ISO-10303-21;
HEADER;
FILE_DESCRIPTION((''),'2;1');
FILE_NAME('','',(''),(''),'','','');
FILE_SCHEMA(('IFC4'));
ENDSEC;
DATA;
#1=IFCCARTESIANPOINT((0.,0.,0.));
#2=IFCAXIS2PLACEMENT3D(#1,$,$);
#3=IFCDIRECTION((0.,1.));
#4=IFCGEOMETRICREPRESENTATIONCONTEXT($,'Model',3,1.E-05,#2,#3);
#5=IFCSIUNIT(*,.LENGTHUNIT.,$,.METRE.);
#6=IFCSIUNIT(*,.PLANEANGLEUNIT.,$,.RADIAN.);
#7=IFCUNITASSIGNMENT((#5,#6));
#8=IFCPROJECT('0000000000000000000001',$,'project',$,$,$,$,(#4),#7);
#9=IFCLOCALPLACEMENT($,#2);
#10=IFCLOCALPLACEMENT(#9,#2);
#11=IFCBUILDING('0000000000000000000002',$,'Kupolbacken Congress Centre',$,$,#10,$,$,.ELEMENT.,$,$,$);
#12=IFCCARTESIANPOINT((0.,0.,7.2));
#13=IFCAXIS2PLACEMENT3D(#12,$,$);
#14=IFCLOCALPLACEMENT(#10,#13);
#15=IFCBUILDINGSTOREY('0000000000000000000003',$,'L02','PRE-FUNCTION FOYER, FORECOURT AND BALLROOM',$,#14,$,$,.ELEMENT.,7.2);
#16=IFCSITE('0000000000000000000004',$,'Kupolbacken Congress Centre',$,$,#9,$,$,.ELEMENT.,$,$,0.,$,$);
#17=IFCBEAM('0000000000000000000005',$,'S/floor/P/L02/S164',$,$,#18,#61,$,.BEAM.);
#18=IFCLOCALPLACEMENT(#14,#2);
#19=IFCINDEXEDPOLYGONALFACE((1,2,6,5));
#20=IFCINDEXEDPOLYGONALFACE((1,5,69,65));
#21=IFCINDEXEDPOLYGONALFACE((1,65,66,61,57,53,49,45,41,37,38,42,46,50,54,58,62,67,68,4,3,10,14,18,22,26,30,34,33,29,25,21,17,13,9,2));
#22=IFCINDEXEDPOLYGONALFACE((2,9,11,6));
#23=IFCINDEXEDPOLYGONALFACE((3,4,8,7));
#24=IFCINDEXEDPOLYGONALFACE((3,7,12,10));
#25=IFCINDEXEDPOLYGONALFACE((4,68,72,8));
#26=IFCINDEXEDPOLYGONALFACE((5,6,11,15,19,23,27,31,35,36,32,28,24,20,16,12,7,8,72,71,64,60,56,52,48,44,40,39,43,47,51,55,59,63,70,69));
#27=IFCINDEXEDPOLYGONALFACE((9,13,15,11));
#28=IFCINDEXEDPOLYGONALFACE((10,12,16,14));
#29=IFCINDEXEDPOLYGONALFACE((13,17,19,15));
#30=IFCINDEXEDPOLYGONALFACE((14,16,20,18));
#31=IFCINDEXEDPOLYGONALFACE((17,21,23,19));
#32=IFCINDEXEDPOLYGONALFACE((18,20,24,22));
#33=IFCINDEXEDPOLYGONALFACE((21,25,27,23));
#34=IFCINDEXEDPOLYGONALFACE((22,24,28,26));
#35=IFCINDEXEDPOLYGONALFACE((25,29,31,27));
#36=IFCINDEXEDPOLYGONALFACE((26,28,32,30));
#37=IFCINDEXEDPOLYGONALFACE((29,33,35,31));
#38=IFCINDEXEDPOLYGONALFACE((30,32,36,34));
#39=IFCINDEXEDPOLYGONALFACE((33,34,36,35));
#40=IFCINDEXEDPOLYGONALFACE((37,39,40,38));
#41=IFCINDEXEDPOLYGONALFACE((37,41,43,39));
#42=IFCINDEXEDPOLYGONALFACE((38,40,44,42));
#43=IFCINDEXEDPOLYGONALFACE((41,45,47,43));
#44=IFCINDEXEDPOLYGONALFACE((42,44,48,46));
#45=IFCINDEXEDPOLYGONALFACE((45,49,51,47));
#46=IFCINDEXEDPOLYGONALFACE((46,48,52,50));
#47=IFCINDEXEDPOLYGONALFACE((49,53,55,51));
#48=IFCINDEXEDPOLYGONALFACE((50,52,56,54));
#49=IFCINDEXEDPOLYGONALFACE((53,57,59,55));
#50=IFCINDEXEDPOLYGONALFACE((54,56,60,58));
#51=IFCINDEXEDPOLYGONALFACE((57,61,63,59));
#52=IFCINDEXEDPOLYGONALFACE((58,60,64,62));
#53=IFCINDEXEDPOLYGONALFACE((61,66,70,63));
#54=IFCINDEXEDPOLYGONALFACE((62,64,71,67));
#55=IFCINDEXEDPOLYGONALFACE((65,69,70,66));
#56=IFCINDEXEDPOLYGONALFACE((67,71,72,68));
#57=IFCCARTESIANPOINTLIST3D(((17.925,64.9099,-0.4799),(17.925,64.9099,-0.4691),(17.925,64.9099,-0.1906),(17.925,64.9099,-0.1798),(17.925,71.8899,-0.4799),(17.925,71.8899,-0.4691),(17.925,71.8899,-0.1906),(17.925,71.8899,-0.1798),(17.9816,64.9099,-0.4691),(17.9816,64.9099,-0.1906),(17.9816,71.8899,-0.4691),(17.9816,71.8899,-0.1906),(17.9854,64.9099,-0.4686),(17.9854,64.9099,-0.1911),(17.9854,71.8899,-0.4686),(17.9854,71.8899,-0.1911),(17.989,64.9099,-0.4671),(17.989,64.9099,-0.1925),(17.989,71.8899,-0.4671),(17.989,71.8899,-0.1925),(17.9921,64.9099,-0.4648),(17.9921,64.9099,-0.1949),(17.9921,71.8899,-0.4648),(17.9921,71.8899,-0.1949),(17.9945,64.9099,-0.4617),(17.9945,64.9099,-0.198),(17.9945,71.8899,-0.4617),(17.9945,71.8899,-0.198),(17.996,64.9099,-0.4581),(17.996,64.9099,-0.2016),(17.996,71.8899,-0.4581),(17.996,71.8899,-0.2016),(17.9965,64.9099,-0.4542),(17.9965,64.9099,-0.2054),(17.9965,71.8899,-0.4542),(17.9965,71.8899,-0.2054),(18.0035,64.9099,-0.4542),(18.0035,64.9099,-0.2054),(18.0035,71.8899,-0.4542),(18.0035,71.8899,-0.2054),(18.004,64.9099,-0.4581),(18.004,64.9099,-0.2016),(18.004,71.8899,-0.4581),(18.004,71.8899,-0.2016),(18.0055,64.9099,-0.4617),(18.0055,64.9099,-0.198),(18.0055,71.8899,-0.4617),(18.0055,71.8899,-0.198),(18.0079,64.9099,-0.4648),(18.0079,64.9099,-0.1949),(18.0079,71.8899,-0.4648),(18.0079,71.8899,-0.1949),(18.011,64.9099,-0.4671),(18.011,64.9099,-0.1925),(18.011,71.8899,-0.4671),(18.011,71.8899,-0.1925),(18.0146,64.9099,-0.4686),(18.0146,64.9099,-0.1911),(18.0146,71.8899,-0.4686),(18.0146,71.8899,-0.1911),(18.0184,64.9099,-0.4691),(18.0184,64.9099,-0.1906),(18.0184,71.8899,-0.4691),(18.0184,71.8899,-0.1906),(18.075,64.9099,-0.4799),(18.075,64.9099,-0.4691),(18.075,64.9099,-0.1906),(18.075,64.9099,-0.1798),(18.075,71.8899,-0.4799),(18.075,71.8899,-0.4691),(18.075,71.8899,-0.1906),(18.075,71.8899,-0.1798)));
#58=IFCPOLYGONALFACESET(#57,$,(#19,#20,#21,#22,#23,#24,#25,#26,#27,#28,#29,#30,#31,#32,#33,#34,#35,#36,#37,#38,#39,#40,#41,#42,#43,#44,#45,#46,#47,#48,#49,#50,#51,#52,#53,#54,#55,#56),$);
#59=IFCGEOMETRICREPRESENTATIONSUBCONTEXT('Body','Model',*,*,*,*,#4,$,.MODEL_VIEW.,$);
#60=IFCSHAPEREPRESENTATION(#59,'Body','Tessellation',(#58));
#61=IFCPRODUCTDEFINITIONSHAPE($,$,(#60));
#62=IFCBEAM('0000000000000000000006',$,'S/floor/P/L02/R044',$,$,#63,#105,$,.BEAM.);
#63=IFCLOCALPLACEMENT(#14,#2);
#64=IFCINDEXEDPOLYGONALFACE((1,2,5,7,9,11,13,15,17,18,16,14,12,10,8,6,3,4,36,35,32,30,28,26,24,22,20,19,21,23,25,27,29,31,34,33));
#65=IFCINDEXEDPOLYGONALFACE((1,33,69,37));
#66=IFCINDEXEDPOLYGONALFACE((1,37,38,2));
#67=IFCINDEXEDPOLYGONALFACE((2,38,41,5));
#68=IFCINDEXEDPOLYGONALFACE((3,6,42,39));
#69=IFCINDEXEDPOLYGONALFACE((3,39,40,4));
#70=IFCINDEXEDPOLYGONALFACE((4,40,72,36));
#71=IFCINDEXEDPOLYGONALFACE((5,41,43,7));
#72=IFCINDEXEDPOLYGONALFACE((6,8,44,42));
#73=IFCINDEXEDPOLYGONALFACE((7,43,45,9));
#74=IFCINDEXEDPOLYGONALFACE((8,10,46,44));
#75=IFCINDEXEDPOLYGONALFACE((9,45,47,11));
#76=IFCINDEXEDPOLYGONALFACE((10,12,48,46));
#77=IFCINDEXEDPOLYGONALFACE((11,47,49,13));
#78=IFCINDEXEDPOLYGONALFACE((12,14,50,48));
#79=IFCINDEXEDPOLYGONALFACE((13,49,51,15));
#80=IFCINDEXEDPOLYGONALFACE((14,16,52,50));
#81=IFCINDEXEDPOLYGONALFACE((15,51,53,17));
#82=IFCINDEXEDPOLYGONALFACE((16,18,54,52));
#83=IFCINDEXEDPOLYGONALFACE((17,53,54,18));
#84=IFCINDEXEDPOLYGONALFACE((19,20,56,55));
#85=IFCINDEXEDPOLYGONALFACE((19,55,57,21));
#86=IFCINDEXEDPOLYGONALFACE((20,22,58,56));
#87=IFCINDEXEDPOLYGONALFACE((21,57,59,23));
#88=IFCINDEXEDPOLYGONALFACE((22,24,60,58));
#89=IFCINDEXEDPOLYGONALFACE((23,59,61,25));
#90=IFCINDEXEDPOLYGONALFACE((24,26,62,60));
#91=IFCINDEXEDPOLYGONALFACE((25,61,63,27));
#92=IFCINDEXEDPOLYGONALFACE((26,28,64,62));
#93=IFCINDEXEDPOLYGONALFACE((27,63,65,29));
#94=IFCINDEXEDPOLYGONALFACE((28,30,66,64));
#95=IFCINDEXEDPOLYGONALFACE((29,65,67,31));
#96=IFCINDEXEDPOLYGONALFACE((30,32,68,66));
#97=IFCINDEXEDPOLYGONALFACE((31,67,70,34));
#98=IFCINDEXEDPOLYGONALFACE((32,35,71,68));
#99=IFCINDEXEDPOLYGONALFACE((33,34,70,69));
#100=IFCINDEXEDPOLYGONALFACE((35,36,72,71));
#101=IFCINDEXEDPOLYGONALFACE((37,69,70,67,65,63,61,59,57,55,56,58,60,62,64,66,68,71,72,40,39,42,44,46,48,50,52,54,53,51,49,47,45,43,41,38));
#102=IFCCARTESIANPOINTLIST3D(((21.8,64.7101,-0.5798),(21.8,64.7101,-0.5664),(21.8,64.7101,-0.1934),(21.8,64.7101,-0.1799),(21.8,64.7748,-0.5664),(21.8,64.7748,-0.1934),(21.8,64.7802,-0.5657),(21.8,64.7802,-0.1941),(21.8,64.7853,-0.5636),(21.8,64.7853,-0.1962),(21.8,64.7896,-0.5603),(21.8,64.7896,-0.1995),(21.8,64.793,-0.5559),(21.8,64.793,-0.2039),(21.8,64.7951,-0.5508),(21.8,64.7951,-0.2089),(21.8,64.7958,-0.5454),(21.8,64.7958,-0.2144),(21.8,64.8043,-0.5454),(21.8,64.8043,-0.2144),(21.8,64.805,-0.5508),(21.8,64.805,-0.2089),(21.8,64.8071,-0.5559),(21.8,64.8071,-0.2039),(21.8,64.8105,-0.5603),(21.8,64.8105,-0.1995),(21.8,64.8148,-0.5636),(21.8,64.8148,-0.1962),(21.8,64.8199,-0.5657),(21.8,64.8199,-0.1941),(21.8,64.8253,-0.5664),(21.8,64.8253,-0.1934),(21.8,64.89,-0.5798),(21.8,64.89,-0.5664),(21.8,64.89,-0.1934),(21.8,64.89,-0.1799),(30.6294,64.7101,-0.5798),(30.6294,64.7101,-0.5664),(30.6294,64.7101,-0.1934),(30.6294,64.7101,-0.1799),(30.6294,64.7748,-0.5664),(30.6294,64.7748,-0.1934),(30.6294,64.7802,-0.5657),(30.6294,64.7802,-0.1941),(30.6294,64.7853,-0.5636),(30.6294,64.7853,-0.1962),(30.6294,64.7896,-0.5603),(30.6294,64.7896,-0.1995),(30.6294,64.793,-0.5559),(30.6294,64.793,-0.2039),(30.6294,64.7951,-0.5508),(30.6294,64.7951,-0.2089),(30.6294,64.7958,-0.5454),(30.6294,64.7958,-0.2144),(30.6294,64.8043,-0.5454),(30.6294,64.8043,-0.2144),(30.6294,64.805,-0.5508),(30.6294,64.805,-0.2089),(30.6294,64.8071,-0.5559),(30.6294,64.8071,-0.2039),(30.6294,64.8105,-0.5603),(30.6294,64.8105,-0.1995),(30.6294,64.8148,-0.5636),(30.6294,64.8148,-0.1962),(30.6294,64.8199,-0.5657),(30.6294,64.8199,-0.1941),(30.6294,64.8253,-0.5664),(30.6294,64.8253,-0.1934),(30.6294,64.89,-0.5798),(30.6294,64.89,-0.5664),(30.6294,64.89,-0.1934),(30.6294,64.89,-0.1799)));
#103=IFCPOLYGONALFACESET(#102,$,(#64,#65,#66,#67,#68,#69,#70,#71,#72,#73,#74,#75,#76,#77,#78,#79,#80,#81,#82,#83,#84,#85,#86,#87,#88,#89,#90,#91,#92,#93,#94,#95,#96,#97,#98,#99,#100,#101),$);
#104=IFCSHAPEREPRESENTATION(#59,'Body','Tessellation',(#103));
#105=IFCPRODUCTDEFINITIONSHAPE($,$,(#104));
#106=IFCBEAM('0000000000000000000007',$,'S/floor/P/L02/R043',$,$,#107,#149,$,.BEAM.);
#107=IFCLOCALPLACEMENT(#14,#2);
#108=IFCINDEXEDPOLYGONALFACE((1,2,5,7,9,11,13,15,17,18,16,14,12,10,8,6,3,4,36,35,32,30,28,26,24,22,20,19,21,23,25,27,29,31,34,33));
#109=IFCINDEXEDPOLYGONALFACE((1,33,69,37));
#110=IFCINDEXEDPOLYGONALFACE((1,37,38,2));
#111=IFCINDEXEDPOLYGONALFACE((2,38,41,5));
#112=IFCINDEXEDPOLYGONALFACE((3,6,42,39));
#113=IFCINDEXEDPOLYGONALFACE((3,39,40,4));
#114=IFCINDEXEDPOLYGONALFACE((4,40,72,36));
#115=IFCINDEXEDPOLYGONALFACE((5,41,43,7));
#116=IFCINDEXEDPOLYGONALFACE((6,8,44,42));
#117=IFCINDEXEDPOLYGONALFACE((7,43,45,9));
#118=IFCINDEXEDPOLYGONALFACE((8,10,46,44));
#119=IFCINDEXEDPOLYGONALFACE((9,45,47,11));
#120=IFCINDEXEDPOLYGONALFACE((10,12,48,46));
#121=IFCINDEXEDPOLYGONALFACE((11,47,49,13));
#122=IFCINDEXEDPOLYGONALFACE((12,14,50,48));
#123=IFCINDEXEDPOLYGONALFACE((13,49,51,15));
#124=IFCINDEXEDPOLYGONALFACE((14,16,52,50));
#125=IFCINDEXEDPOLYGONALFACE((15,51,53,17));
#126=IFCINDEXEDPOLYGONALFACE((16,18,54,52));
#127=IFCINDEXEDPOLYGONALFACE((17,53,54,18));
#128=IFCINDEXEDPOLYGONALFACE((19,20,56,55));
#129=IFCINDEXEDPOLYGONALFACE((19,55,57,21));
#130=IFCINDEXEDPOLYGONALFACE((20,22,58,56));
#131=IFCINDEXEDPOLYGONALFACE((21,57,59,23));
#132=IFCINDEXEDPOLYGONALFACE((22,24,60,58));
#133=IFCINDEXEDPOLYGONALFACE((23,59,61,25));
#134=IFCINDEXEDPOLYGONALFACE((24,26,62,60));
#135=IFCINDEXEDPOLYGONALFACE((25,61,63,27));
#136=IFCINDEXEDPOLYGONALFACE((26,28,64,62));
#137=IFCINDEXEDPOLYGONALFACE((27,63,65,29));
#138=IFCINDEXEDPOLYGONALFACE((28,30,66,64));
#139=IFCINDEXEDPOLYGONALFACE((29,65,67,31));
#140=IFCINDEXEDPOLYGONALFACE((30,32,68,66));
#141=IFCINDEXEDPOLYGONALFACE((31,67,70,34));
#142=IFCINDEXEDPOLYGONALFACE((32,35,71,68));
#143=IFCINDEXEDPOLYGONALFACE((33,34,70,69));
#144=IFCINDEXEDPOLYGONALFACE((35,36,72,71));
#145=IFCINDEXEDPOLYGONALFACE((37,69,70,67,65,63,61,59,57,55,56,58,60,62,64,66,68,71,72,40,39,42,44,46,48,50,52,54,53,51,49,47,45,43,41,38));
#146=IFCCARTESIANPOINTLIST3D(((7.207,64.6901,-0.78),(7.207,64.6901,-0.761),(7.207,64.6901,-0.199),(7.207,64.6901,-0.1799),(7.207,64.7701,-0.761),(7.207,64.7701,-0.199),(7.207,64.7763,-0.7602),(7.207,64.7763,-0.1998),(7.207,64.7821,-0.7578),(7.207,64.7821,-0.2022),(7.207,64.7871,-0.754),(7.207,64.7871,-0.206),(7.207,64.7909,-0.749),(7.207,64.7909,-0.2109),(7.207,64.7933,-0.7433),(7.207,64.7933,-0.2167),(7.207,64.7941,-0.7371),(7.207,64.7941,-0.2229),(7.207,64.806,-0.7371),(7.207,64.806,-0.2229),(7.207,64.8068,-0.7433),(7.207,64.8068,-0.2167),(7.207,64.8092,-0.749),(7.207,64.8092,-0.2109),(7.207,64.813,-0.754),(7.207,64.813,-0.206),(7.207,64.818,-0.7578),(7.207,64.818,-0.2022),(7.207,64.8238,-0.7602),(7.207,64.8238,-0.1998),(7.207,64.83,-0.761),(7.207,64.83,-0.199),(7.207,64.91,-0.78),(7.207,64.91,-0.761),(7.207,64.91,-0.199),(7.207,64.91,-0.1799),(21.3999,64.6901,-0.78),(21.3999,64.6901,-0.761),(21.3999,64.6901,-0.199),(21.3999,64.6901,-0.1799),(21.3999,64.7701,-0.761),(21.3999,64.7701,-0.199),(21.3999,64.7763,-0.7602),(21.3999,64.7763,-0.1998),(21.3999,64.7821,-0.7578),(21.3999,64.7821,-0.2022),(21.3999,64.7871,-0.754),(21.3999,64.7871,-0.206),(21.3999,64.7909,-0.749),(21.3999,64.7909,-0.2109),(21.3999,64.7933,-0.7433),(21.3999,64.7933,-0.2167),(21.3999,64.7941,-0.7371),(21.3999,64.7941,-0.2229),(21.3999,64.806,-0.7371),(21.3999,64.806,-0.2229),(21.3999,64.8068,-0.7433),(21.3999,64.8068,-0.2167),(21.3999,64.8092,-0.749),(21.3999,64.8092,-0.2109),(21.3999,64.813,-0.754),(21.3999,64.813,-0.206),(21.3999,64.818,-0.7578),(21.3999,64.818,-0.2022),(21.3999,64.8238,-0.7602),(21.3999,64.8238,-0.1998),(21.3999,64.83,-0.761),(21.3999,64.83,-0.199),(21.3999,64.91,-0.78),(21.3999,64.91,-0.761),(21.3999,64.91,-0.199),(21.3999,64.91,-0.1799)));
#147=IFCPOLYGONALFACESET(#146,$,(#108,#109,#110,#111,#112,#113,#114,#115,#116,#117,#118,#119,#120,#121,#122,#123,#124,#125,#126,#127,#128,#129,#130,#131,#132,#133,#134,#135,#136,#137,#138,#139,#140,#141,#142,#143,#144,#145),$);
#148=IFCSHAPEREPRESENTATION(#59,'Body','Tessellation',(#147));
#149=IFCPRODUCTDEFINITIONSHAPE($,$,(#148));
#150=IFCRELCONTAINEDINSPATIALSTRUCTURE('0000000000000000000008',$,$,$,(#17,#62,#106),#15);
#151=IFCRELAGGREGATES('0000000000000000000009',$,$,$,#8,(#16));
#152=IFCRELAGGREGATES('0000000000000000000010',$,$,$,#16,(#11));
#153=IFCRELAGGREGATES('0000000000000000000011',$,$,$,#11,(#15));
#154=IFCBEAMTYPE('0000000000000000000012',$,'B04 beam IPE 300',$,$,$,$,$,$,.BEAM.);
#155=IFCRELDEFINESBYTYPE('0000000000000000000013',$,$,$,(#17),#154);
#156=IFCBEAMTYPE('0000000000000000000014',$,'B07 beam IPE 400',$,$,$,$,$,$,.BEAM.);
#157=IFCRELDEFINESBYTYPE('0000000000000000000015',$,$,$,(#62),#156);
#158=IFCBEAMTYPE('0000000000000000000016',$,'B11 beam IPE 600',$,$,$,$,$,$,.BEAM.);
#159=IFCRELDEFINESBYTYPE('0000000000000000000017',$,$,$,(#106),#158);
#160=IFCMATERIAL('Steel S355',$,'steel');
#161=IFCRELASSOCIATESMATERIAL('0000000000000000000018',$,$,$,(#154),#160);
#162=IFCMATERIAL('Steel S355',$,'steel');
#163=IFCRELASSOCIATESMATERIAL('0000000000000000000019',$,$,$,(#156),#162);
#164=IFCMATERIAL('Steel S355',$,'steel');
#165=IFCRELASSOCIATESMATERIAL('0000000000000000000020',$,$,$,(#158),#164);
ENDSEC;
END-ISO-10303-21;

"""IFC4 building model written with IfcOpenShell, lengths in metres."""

from ifc_helpers import new_model, si_unit, direction, frame, origin, origin_2d, place, context, subcontext, project, spatial, i_section, extrude, material, material_profile, profile_set, type_object, element, save


model = new_model("IFC4")

# Units and contexts
model_context = context("Model", 3, precision=1e-05, world=origin(), true_north=direction((0.0, 1.0)))
body_context = subcontext(model_context, "Body", "Model", "MODEL_VIEW")
ifc_project = project(units=[si_unit("LENGTHUNIT", "METRE"), si_unit("PLANEANGLEUNIT", "RADIAN")], contexts=[model_context])

# Site, building, storey
site_placement = place(None, origin())
site = spatial("IfcSite", under=ifc_project, at=site_placement, Name="Kupolbacken Congress Centre", CompositionType="ELEMENT", RefElevation=0.0)
building_placement = place(site_placement, origin())
building = spatial("IfcBuilding", under=site, at=building_placement, Name="Kupolbacken Congress Centre", CompositionType="ELEMENT")
storey_placement = place(building_placement, frame((0.0, 0.0, 7.2)))
storey = spatial("IfcBuildingStorey", under=building, at=storey_placement, Name="L02", Description="PRE-FUNCTION FOYER, FORECOURT AND BALLROOM", CompositionType="ELEMENT", Elevation=7.2)

# Beams
ifc_material_1 = material(Name="Steel S355", Category="steel")
ifc_material_profile_1 = material_profile(ifc_material_1, i_section(OverallWidth=0.1499, OverallDepth=0.3, WebThickness=0.0071, FlangeThickness=0.0107, FilletRadius=0.0149, at=origin_2d()), Name="IPE 300")
ifc_profile_set_1 = profile_set([ifc_material_profile_1], Name="Steel S355")
beam_type_1 = type_object("IfcBeamType", Name="B04 beam IPE 300", PredefinedType="BEAM", material=ifc_profile_set_1)
for number, where, z_axis, x_axis, name in (
    (1, (18.0, 64.9099, -0.3298), (0.0, 1.0, 0.0), (-1.0, 0.0, 0.0), "S/floor/P/L02/S164"),
):
    element("IfcBeam", number, at=place(storey_placement, frame(where, z_axis=z_axis, x_axis=x_axis)), inside=storey, type_object=beam_type_1, Name=name, PredefinedType="BEAM", context=body_context, shape_type="SweptSolid", body=[
        extrude(i_section(OverallWidth=0.1499, OverallDepth=0.3, WebThickness=0.0071, FlangeThickness=0.0107, FilletRadius=0.0149, at=origin_2d()), origin(), (0.0, 0.0, 1.0), 6.98),
    ])
ifc_material_2 = material(Name="Steel S355", Category="steel")
ifc_material_profile_2 = material_profile(ifc_material_2, i_section(OverallWidth=0.1799, OverallDepth=0.3999, WebThickness=0.0085, FlangeThickness=0.0134, FilletRadius=0.021, at=origin_2d()), Name="IPE 400")
ifc_profile_set_2 = profile_set([ifc_material_profile_2], Name="Steel S355")
beam_type_2 = type_object("IfcBeamType", Name="B07 beam IPE 400", PredefinedType="BEAM", material=ifc_profile_set_2)
beam_1_placement = place(storey_placement, frame((21.8, 64.8, -0.3799), z_axis=(1.0, 0.0, 0.0), x_axis=(0.0, 1.0, 0.0)))
element("IfcBeam", 2, at=beam_1_placement, inside=storey, type_object=beam_type_2, Name="S/floor/P/L02/R044", PredefinedType="BEAM", context=body_context, shape_type="SweptSolid", body=[
    extrude(i_section(OverallWidth=0.1799, OverallDepth=0.3999, WebThickness=0.0085, FlangeThickness=0.0134, FilletRadius=0.021, at=origin_2d()), origin(), (0.0, 0.0, 1.0), 8.8293),
])
ifc_material_3 = material(Name="Steel S355", Category="steel")
ifc_material_profile_3 = material_profile(ifc_material_3, i_section(OverallWidth=0.22, OverallDepth=0.6001, WebThickness=0.012, FlangeThickness=0.019, FilletRadius=0.0239, at=origin_2d()), Name="IPE 600")
ifc_profile_set_3 = profile_set([ifc_material_profile_3], Name="Steel S355")
beam_type_3 = type_object("IfcBeamType", Name="B11 beam IPE 600", PredefinedType="BEAM", material=ifc_profile_set_3)
beam_2_placement = place(storey_placement, frame((7.207, 64.8, -0.48), z_axis=(1.0, 0.0, 0.0), x_axis=(0.0, 1.0, 0.0)))
element("IfcBeam", 3, at=beam_2_placement, inside=storey, type_object=beam_type_3, Name="S/floor/P/L02/R043", PredefinedType="BEAM", context=body_context, shape_type="SweptSolid", body=[
    extrude(i_section(OverallWidth=0.22, OverallDepth=0.6001, WebThickness=0.012, FlangeThickness=0.019, FilletRadius=0.0239, at=origin_2d()), origin(), (0.0, 0.0, 1.0), 14.1929),
])

save(model, "model.ifc")
